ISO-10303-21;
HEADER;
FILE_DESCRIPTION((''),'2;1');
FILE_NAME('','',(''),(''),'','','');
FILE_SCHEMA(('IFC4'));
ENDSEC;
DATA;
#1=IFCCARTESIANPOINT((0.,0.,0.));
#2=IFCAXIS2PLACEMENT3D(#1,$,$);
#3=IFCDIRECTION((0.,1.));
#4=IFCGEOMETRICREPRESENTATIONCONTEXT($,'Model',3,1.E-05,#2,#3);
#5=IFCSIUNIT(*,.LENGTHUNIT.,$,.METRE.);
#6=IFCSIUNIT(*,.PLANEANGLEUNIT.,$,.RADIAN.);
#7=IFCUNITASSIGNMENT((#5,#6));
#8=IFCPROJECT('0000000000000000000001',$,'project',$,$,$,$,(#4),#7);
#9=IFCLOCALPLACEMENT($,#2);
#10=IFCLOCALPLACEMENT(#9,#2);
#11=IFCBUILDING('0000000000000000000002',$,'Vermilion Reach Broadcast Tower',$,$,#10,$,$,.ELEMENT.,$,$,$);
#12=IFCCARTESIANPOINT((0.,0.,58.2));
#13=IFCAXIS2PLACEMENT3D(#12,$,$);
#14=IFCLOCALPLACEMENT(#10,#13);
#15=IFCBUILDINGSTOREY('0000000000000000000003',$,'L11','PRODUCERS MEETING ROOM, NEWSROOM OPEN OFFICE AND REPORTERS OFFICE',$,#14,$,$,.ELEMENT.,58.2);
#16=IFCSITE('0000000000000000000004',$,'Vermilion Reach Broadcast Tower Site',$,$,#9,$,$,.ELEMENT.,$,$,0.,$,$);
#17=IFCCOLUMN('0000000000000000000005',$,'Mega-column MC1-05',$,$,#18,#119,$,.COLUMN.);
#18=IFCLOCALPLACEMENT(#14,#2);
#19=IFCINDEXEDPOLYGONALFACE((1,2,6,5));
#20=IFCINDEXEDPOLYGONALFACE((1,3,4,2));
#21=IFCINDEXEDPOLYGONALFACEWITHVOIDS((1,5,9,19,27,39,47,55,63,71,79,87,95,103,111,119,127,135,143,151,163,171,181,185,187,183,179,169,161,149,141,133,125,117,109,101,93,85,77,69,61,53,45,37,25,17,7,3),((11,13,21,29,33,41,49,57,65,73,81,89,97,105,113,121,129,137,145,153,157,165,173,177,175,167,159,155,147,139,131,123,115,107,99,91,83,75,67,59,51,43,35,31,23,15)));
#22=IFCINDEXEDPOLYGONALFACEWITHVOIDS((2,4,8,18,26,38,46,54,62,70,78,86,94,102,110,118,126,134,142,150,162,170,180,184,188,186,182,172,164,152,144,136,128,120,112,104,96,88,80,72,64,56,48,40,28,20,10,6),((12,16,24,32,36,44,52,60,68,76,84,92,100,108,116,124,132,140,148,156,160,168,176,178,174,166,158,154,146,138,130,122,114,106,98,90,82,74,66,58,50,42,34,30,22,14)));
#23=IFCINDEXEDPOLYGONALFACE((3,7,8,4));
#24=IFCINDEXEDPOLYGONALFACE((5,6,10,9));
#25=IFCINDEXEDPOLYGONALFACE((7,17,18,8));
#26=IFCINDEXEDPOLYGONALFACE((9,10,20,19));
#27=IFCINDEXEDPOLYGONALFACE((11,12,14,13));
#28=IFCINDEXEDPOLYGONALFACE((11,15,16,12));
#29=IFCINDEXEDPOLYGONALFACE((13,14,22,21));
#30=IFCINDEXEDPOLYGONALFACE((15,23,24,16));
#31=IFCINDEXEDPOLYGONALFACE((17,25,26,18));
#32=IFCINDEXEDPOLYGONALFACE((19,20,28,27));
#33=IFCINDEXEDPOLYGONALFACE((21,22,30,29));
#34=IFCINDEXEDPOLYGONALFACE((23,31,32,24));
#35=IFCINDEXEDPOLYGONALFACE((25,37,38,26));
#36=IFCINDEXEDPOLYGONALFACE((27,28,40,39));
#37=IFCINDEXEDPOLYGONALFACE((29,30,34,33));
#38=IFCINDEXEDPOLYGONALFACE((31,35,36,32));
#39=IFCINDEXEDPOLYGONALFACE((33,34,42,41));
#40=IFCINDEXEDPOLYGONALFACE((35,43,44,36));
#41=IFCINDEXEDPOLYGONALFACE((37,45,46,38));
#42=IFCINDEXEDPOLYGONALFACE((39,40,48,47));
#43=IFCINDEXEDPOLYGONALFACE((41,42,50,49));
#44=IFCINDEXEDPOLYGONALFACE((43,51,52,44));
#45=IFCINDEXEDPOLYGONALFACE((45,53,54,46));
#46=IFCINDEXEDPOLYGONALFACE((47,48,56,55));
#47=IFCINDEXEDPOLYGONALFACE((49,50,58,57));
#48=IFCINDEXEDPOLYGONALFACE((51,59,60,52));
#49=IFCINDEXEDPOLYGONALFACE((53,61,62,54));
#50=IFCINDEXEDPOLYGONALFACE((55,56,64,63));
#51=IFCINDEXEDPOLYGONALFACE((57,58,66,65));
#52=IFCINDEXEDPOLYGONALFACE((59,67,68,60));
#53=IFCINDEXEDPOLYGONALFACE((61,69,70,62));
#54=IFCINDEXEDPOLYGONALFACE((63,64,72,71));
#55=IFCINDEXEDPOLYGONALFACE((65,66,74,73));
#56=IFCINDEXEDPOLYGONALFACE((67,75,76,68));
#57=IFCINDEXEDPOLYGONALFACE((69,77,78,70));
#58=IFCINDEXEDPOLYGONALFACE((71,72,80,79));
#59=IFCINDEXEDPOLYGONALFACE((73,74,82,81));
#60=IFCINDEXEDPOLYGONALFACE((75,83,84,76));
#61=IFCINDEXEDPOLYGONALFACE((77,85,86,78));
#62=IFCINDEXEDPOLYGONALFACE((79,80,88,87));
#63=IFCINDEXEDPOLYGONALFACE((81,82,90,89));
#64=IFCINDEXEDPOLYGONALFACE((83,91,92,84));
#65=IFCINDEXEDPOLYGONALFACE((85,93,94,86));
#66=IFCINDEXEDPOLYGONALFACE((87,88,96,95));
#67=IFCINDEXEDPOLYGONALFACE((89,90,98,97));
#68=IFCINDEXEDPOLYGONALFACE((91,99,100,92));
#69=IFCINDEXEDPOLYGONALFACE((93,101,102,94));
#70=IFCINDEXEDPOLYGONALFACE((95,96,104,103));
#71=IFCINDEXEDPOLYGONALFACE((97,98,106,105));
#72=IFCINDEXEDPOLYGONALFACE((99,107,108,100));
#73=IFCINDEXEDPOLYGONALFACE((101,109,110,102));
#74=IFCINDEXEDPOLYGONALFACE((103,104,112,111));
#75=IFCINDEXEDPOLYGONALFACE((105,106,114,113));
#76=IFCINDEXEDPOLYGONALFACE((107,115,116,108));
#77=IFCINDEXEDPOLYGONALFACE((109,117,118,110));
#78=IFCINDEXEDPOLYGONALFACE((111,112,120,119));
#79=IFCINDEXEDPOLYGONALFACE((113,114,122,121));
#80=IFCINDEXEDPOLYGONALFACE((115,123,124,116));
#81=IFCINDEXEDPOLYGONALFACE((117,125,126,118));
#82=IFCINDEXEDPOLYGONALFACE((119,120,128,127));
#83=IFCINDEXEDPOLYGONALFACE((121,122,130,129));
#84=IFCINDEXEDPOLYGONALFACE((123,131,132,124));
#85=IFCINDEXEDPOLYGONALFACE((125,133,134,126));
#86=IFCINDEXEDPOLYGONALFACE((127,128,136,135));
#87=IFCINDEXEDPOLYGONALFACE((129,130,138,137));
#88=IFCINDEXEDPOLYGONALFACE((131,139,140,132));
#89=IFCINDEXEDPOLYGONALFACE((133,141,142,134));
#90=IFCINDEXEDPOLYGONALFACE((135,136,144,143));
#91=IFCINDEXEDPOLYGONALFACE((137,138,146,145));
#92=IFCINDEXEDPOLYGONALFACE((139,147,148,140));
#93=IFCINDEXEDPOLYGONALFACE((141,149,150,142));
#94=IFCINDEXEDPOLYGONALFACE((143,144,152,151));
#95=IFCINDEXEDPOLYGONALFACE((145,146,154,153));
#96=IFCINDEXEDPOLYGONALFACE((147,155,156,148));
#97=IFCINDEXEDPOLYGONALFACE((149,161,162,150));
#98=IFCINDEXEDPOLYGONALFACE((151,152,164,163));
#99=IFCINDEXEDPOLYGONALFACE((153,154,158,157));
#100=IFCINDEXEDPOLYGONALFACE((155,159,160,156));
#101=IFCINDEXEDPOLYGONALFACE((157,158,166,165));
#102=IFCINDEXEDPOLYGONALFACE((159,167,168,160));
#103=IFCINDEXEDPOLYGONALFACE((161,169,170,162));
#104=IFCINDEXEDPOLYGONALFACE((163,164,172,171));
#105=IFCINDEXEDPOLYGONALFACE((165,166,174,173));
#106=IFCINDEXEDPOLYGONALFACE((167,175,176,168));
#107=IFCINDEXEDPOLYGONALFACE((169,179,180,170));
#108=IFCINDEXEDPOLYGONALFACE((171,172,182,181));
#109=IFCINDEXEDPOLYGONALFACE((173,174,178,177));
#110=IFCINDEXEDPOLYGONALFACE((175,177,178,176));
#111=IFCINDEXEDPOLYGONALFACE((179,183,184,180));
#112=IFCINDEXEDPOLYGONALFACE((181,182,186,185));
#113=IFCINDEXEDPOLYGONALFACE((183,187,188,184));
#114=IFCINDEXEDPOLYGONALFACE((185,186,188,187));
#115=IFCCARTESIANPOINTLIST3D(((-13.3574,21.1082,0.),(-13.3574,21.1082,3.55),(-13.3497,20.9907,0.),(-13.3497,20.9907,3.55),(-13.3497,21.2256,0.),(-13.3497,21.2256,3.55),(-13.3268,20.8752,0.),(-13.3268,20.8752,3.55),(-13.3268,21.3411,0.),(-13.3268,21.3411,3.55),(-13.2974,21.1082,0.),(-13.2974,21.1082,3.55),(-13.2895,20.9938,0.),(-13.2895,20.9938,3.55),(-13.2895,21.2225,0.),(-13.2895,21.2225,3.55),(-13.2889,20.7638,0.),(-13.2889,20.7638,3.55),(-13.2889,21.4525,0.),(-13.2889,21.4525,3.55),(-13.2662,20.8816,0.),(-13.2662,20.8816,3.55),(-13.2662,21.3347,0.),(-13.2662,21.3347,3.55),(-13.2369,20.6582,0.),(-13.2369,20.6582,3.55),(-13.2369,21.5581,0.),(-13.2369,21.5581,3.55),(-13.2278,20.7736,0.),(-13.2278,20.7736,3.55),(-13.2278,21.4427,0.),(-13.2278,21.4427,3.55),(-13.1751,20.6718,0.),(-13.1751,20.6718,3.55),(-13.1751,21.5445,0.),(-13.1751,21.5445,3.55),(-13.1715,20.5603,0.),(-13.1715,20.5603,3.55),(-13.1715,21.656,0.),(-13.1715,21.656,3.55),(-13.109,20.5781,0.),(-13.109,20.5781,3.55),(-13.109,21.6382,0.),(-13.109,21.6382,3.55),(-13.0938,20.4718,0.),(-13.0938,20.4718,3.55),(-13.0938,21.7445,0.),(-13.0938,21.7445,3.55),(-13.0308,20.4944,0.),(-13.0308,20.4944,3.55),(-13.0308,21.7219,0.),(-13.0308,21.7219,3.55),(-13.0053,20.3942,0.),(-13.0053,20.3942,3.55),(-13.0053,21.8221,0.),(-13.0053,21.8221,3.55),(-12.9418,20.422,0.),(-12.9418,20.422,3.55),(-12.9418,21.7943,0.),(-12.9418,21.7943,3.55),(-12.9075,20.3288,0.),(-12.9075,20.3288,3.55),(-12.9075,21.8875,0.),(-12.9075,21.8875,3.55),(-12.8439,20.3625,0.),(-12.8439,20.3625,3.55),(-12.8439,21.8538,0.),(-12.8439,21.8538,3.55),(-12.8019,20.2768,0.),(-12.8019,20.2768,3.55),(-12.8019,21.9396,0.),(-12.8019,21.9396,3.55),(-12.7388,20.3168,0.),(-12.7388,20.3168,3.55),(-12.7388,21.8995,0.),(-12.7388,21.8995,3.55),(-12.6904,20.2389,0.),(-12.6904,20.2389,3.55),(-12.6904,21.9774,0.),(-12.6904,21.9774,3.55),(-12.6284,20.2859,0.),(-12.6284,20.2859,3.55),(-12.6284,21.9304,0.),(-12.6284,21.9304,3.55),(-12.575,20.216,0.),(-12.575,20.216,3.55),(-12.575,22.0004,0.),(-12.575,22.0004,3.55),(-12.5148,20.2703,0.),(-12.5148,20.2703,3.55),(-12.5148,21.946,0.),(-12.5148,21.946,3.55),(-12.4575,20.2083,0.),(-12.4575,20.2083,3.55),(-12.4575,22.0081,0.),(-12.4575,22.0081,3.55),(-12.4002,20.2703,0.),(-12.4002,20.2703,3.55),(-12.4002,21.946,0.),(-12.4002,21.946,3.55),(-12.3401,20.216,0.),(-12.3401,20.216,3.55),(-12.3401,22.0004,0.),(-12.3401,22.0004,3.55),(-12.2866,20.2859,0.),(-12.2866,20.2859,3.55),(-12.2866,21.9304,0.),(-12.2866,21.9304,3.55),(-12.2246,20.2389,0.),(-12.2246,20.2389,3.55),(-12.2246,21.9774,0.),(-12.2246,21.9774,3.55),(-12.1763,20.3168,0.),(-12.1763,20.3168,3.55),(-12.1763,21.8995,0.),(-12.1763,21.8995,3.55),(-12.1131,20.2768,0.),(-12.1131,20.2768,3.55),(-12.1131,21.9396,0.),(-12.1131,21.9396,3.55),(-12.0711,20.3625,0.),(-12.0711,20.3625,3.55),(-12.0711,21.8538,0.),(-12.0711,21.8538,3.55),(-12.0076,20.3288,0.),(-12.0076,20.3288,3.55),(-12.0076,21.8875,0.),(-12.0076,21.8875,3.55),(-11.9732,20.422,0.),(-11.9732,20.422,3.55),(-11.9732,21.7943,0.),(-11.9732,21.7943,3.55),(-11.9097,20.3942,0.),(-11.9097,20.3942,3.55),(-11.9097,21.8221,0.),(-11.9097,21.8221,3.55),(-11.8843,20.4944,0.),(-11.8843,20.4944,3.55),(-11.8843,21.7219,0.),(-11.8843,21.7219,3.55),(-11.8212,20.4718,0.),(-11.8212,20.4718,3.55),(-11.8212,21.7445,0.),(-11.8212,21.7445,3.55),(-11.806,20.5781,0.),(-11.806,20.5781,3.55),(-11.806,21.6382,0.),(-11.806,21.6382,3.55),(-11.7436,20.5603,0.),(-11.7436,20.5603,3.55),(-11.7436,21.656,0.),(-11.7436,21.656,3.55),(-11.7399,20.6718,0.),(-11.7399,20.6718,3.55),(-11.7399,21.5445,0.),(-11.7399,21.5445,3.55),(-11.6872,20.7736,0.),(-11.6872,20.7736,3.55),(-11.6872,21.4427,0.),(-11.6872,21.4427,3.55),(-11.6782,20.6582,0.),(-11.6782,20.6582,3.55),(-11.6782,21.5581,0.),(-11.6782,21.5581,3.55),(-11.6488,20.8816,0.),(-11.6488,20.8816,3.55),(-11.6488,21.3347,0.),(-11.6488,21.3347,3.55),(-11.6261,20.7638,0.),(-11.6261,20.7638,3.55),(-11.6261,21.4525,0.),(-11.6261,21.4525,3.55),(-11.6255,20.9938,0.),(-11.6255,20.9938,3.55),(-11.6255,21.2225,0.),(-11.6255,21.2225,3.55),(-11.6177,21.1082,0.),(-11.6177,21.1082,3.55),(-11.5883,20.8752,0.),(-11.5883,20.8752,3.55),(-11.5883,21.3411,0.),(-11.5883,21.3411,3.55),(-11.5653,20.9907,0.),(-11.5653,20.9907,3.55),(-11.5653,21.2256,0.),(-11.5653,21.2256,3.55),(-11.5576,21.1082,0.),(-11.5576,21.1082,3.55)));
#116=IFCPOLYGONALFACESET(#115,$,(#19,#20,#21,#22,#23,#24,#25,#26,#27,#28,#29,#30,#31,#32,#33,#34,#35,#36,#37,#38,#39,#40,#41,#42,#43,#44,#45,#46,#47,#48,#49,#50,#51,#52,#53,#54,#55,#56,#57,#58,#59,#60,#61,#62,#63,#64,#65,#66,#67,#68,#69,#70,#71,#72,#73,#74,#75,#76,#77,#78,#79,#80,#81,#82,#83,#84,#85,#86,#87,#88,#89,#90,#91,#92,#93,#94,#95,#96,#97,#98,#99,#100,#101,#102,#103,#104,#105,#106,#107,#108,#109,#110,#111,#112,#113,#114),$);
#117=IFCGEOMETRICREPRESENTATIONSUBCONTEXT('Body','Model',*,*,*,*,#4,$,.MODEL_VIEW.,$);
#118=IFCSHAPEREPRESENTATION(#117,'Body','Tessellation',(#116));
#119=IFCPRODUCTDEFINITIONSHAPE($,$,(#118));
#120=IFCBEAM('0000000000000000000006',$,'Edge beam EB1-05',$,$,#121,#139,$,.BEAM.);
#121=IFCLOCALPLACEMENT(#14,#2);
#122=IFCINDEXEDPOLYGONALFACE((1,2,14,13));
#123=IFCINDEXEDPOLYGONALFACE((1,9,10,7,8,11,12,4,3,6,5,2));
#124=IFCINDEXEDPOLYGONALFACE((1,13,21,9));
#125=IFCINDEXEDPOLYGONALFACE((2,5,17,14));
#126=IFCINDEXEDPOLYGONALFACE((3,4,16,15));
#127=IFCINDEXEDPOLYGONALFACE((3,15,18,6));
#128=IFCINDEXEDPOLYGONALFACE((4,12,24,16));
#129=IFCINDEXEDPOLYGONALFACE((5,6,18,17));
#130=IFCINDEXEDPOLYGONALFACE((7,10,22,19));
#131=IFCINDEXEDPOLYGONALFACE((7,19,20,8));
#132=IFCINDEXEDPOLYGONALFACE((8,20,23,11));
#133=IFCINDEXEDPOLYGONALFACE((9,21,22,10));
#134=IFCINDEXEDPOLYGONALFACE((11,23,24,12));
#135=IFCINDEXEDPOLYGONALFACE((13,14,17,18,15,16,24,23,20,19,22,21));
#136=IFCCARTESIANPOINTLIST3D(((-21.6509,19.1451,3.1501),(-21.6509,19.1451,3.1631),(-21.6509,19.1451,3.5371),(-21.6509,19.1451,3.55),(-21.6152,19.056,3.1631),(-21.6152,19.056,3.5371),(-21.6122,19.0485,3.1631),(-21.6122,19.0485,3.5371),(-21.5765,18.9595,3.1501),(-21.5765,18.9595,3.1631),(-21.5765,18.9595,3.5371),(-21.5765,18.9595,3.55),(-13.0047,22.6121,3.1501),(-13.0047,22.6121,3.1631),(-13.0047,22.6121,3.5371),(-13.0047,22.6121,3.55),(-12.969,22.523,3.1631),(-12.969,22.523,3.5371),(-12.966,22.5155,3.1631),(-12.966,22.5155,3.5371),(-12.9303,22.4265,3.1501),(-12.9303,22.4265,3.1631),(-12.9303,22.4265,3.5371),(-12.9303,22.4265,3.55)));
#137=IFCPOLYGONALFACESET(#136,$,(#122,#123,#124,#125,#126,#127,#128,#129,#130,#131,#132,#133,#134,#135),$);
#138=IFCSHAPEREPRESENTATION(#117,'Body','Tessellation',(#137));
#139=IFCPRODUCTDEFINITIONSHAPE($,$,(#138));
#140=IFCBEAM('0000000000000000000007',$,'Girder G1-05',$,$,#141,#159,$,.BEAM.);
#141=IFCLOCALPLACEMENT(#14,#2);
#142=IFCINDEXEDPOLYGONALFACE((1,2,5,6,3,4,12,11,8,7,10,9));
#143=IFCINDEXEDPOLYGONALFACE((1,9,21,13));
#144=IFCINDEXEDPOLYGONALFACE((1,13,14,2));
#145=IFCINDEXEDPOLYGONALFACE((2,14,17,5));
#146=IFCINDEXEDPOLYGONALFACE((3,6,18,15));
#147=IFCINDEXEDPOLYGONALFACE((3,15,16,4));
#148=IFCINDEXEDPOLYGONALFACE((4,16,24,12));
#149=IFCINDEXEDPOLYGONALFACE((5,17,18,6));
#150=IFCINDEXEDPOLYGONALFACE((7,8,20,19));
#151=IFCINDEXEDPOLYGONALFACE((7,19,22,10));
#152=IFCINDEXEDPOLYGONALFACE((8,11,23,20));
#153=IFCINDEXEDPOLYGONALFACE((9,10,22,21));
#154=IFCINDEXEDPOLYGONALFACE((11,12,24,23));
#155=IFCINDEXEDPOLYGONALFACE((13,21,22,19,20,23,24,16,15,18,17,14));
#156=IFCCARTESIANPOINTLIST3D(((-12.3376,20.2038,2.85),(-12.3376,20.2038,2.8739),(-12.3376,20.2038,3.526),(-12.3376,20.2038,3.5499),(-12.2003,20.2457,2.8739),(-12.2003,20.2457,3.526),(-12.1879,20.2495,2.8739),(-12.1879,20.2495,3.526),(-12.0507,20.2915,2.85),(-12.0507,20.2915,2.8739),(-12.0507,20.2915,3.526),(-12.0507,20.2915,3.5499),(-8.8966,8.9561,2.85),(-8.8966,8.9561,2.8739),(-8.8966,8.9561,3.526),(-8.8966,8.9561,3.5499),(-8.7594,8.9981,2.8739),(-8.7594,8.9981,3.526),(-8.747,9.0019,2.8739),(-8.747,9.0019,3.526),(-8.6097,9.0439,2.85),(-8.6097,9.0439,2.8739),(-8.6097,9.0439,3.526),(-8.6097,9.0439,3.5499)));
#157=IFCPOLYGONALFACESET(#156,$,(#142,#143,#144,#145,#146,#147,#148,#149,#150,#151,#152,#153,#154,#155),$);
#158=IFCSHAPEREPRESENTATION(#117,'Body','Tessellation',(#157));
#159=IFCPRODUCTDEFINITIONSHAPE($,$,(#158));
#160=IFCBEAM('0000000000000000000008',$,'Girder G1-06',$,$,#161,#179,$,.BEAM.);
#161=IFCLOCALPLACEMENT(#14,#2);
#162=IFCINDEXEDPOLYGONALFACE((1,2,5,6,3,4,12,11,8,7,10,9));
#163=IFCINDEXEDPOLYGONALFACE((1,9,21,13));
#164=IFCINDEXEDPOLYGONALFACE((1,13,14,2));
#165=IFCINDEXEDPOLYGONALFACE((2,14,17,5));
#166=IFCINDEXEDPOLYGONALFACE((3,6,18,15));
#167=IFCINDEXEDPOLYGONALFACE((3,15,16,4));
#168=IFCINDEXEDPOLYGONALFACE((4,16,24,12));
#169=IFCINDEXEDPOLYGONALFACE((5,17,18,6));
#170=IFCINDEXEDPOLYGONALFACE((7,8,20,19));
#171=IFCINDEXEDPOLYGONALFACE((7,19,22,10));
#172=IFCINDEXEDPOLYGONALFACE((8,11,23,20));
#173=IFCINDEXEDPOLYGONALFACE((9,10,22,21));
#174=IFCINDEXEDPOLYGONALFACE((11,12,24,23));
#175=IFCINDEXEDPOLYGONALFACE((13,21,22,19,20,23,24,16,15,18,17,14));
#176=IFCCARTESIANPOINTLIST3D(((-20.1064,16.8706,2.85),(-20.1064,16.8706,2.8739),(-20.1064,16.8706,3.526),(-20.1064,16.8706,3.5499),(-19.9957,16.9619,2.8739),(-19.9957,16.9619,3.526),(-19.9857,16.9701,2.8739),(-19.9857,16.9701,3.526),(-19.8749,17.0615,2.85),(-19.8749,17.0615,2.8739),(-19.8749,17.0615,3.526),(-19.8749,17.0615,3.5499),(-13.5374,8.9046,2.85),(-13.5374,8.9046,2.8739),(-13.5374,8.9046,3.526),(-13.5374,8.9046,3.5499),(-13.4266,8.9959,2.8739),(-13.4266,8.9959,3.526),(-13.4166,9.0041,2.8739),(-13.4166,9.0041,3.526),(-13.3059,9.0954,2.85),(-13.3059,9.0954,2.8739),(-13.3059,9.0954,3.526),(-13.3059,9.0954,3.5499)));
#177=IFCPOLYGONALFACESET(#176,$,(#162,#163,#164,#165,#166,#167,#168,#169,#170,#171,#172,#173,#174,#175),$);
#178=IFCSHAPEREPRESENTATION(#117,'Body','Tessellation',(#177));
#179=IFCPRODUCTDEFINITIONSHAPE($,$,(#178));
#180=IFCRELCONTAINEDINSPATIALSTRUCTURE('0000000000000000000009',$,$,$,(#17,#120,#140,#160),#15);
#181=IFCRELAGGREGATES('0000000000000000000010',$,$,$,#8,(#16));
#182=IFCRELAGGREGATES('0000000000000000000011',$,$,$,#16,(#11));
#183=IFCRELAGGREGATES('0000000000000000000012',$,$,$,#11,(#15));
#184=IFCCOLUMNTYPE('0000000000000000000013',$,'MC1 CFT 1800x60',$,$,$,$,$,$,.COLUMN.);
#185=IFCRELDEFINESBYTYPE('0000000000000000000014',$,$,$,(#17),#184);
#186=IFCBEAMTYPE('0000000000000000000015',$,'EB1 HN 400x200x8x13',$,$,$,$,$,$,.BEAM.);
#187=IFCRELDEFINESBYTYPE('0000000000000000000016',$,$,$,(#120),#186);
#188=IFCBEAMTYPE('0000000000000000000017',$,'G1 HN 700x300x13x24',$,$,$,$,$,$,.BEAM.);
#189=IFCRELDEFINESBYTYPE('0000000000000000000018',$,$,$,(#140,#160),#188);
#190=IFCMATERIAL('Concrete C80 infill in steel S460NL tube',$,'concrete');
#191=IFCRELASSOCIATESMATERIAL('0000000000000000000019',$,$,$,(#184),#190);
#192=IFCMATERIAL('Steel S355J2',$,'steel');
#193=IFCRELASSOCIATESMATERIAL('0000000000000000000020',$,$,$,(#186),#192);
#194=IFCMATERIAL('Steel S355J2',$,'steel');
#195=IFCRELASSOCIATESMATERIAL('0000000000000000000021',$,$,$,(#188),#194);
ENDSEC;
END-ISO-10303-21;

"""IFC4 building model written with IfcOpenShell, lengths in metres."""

from ifc_helpers import new_model, si_unit, direction, frame, origin, origin_2d, place, context, subcontext, project, spatial, hollow_circle, i_section, extrude, material, material_profile, profile_set, type_object, element, save


model = new_model("IFC4")

# Units and contexts
model_context = context("Model", 3, precision=1e-05, world=origin(), true_north=direction((0.0, 1.0)))
body_context = subcontext(model_context, "Body", "Model", "MODEL_VIEW")
ifc_project = project(units=[si_unit("LENGTHUNIT", "METRE"), si_unit("PLANEANGLEUNIT", "RADIAN")], contexts=[model_context])

# Site, building, storey
site_placement = place(None, origin())
site = spatial("IfcSite", under=ifc_project, at=site_placement, Name="Vermilion Reach Broadcast Tower Site", CompositionType="ELEMENT", RefElevation=0.0)
building_placement = place(site_placement, origin())
building = spatial("IfcBuilding", under=site, at=building_placement, Name="Vermilion Reach Broadcast Tower", CompositionType="ELEMENT")
storey_placement = place(building_placement, frame((0.0, 0.0, 58.2)))
storey = spatial("IfcBuildingStorey", under=building, at=storey_placement, Name="L11", Description="PRODUCERS MEETING ROOM, NEWSROOM OPEN OFFICE AND REPORTERS OFFICE", CompositionType="ELEMENT", Elevation=58.2)

# Column
ifc_material_1 = material(Name="Concrete C80 infill in steel S460NL tube", Category="concrete")
ifc_material_profile_1 = material_profile(ifc_material_1, hollow_circle(Radius=0.8999, WallThickness=0.0601, at=origin_2d()), Name="Concrete C80 infill in steel S460NL tube CFT 1800x60")
ifc_profile_set_1 = profile_set([ifc_material_profile_1], Name="Concrete C80 infill in steel S460NL tube")
column_type = type_object("IfcColumnType", Name="MC1 CFT 1800x60", PredefinedType="COLUMN", material=ifc_profile_set_1)
column_placement = place(storey_placement, frame((-12.4575, 21.1082, 0.0), z_axis=(0.0, 0.0, 1.0), x_axis=(1.0, 0.0, 0.0)))
element("IfcColumn", 1, at=column_placement, inside=storey, type_object=column_type, Name="Mega-column MC1-05", PredefinedType="COLUMN", context=body_context, shape_type="SweptSolid", body=[
    extrude(hollow_circle(Radius=0.8999, WallThickness=0.0601, at=origin_2d()), origin(), (0.0, 0.0, 1.0), 3.55),
])

# Beams
ifc_material_2 = material(Name="Steel S355J2", Category="steel")
ifc_material_profile_2 = material_profile(ifc_material_2, i_section(OverallWidth=0.2, OverallDepth=0.3999, WebThickness=0.0081, FlangeThickness=0.0129, at=origin_2d()), Name="S355J2 HN 400x200x8x13")
ifc_profile_set_2 = profile_set([ifc_material_profile_2], Name="Steel S355J2")
beam_type_1 = type_object("IfcBeamType", Name="EB1 HN 400x200x8x13", PredefinedType="BEAM", material=ifc_profile_set_2)
beam_1_placement = place(storey_placement, frame((-12.9675, 22.5193, 3.3501), z_axis=(-0.92816, -0.372181, 0.0), x_axis=(0.372181, -0.92816, 0.0)))
element("IfcBeam", 2, at=beam_1_placement, inside=storey, type_object=beam_type_1, Name="Edge beam EB1-05", PredefinedType="BEAM", context=body_context, shape_type="SweptSolid", body=[
    extrude(i_section(OverallWidth=0.2, OverallDepth=0.3999, WebThickness=0.0081, FlangeThickness=0.0129, at=origin_2d()), origin(), (0.0, 0.0, 1.0), 9.3154),
])
ifc_material_3 = material(Name="Steel S355J2", Category="steel")
ifc_material_profile_3 = material_profile(ifc_material_3, i_section(OverallWidth=0.3, OverallDepth=0.7, WebThickness=0.0129, FlangeThickness=0.0239, at=origin_2d()), Name="S355J2 HN 700x300x13x24")
ifc_profile_set_3 = profile_set([ifc_material_profile_3], Name="Steel S355J2")
beam_type_2 = type_object("IfcBeamType", Name="G1 HN 700x300x13x24", PredefinedType="BEAM", material=ifc_profile_set_3)
beam_2_placement = place(storey_placement, frame((-8.7532, 9.0, 3.2), z_axis=(-0.292542, 0.956253, 0.0), x_axis=(-0.956253, -0.292542, 0.0)))
element("IfcBeam", 3, at=beam_2_placement, inside=storey, type_object=beam_type_2, Name="Girder G1-05", PredefinedType="BEAM", context=body_context, shape_type="SweptSolid", body=[
    extrude(i_section(OverallWidth=0.3, OverallDepth=0.7, WebThickness=0.0129, FlangeThickness=0.0239, at=origin_2d()), origin(), (0.0, 0.0, 1.0), 11.7622),
])
beam_3_placement = place(storey_placement, frame((-13.4216, 9.0, 3.2), z_axis=(-0.636215, 0.771512, 0.0), x_axis=(-0.771512, -0.636215, 0.0)))
element("IfcBeam", 4, at=beam_3_placement, inside=storey, type_object=beam_type_2, Name="Girder G1-06", PredefinedType="BEAM", context=body_context, shape_type="SweptSolid", body=[
    extrude(i_section(OverallWidth=0.3, OverallDepth=0.7, WebThickness=0.0129, FlangeThickness=0.0239, at=origin_2d()), origin(), (0.0, 0.0, 1.0), 10.3252),
])

save(model, "model.ifc")
